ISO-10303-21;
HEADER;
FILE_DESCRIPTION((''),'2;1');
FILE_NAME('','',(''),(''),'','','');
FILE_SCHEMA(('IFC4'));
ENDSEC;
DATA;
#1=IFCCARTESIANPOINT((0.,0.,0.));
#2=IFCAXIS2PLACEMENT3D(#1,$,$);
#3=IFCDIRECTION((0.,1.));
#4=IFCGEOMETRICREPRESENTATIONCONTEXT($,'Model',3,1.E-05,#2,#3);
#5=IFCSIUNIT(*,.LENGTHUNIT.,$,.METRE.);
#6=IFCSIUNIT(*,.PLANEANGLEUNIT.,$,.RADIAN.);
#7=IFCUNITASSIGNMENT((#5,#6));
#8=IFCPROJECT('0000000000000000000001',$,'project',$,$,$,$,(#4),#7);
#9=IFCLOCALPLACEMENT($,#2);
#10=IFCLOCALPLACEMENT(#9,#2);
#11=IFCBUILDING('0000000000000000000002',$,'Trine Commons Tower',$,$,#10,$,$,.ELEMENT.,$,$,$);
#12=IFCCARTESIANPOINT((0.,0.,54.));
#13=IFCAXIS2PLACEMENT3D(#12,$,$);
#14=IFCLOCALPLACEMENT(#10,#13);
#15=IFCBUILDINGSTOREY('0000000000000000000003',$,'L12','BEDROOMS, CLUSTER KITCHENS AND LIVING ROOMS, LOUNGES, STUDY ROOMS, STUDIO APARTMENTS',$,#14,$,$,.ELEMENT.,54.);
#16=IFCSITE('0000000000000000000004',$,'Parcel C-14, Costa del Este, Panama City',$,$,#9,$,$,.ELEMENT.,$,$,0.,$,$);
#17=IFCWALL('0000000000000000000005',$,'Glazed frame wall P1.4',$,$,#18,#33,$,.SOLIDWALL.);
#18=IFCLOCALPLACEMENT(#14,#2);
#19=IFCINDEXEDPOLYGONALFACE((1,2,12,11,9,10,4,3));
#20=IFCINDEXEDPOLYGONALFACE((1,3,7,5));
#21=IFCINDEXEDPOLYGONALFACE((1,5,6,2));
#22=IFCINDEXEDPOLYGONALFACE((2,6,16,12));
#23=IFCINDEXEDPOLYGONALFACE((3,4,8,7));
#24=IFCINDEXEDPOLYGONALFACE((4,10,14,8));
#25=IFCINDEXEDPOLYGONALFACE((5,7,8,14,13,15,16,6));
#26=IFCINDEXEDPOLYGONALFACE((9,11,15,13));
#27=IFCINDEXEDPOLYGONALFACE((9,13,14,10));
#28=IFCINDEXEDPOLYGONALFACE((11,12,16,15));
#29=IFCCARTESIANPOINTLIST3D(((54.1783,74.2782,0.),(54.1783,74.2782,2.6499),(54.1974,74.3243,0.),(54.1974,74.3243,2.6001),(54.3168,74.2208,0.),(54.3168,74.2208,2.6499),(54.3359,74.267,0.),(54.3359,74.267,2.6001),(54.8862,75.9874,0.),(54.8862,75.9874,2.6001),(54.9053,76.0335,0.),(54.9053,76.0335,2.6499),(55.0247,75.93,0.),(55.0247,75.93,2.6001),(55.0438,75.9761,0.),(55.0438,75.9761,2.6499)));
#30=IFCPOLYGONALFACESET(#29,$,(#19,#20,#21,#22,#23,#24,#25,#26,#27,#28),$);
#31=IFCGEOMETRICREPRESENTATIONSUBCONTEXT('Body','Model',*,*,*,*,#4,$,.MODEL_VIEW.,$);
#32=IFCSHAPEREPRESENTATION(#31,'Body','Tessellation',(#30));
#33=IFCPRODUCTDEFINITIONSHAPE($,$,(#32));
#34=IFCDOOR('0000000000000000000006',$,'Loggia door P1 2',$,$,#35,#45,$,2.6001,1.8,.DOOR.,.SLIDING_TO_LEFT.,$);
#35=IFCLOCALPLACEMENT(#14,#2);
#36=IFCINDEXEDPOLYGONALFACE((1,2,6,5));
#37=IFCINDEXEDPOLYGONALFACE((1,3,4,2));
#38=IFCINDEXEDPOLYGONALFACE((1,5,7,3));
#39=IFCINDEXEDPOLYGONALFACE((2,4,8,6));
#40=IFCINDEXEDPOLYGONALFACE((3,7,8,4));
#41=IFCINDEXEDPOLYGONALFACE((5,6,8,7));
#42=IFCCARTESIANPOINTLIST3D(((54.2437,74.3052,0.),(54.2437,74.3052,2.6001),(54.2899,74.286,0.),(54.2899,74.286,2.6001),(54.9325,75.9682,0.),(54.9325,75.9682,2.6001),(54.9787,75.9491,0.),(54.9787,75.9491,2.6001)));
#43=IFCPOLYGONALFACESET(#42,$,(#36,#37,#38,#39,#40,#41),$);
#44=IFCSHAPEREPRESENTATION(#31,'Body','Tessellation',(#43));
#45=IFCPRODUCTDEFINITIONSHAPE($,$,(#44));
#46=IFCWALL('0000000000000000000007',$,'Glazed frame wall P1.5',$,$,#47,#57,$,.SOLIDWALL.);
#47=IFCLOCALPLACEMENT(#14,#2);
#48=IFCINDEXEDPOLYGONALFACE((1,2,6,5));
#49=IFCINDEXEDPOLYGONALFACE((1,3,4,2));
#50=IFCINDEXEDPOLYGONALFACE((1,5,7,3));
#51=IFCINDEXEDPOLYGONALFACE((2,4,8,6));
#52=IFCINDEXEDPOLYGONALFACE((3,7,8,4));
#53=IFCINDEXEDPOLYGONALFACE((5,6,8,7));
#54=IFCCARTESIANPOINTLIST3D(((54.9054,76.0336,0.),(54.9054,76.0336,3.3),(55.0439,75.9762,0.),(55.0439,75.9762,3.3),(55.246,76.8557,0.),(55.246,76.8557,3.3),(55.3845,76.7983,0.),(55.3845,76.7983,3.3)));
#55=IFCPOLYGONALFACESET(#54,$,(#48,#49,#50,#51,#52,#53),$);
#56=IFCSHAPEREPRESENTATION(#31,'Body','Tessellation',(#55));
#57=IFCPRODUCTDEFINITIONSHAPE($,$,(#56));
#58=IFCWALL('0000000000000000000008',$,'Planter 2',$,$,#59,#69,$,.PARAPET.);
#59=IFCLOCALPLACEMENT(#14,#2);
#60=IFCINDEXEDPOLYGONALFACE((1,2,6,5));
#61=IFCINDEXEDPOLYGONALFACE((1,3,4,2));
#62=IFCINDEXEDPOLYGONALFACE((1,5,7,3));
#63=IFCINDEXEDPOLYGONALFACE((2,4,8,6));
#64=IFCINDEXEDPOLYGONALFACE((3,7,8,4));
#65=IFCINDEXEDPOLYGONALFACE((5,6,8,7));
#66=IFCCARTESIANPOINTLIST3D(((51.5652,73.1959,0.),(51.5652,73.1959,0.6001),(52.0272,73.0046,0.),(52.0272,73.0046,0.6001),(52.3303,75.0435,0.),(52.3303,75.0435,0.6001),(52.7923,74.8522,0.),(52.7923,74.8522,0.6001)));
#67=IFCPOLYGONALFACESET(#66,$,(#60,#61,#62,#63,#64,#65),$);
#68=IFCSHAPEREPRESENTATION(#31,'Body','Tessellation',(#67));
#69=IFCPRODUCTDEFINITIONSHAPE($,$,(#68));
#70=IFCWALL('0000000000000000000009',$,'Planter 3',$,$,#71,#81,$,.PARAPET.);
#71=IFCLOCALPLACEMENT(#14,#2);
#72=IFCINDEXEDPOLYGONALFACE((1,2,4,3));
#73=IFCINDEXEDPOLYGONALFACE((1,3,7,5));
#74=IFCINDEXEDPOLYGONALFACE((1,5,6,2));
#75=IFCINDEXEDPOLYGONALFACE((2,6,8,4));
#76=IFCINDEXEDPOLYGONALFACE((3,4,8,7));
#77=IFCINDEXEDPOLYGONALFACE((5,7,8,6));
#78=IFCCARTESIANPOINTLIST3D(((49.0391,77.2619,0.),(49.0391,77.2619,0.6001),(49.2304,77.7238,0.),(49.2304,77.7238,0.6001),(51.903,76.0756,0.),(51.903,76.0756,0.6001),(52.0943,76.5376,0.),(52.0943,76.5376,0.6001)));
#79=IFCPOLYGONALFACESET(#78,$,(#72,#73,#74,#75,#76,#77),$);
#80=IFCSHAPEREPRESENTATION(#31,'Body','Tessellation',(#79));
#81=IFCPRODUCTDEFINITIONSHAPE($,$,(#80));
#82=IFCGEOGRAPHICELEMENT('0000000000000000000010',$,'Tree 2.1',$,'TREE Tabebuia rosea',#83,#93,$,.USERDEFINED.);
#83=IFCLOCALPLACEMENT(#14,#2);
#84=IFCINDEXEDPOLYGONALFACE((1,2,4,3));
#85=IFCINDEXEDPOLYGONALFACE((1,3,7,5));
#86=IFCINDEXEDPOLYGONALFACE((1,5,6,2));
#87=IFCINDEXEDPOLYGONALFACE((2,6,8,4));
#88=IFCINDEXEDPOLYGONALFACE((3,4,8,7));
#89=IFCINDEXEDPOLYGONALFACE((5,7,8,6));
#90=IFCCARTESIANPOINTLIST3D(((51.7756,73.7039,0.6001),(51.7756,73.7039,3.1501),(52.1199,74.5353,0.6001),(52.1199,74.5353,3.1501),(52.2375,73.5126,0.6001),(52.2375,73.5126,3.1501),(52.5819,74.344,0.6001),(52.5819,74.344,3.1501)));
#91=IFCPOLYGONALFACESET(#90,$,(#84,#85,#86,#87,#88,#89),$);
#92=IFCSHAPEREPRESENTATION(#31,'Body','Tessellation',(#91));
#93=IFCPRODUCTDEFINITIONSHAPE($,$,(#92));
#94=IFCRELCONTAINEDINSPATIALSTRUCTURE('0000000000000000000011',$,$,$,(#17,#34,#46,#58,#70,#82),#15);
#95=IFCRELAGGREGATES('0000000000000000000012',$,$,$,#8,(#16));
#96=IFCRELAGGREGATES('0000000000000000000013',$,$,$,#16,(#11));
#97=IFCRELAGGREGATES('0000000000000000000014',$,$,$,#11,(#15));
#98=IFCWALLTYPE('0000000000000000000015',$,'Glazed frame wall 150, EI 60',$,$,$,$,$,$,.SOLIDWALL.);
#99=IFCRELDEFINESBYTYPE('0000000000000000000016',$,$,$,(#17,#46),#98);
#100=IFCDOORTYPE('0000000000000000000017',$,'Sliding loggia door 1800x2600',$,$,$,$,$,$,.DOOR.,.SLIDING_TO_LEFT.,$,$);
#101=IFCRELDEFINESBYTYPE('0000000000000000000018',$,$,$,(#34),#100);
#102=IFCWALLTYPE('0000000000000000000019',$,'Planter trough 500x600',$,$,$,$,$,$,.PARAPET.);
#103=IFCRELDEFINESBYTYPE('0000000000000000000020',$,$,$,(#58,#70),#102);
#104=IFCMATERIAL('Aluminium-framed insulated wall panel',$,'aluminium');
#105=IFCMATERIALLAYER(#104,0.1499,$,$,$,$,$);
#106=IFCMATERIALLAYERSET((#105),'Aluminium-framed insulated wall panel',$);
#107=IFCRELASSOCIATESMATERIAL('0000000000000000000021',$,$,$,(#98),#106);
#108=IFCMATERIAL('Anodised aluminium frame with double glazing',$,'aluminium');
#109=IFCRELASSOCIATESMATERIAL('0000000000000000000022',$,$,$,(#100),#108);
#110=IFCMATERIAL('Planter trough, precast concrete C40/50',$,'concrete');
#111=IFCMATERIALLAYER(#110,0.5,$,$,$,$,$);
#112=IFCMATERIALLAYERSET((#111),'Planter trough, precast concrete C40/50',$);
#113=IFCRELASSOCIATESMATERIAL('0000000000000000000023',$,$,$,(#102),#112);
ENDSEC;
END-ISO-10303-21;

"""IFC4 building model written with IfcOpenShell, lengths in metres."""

from ifc_helpers import new_model, si_unit, direction, frame, frame_2d, origin, origin_2d, place, context, subcontext, project, spatial, polyline, rectangle, outline, extrude, material, layer, layer_set, type_object, element, fill, save


model = new_model("IFC4")

# Units and contexts
model_context = context("Model", 3, precision=1e-05, world=origin(), true_north=direction((0.0, 1.0)))
body_context = subcontext(model_context, "Body", "Model", "MODEL_VIEW")
ifc_project = project(units=[si_unit("LENGTHUNIT", "METRE"), si_unit("PLANEANGLEUNIT", "RADIAN")], contexts=[model_context])

# Site, building, storey
site_placement = place(None, origin())
site = spatial("IfcSite", under=ifc_project, at=site_placement, Name="Parcel C-14, Costa del Este, Panama City", CompositionType="ELEMENT", RefElevation=0.0)
building_placement = place(site_placement, origin())
building = spatial("IfcBuilding", under=site, at=building_placement, Name="Trine Commons Tower", CompositionType="ELEMENT")
storey_placement = place(building_placement, frame((0.0, 0.0, 54.0)))
storey = spatial("IfcBuildingStorey", under=building, at=storey_placement, Name="L12", Description="BEDROOMS, CLUSTER KITCHENS AND LIVING ROOMS, LOUNGES, STUDY ROOMS, STUDIO APARTMENTS", CompositionType="ELEMENT", Elevation=54.0)

# Wall, opening, door
ifc_material_1 = material(Name="Aluminium-framed insulated wall panel", Category="aluminium")
ifc_layer_1 = layer(ifc_material_1, 0.1499)
ifc_layer_set_1 = layer_set([ifc_layer_1], Name="Aluminium-framed insulated wall panel")
wall_type_1 = type_object("IfcWallType", Name="Glazed frame wall 150, EI 60", PredefinedType="SOLIDWALL", material=ifc_layer_set_1)
wall_1_placement = place(storey_placement, frame((54.2476, 74.2495, 0.0), z_axis=(0.0, 0.0, 1.0), x_axis=(0.382662, 0.923888, 0.0)))
wall_1 = element("IfcWall", 1, at=wall_1_placement, inside=storey, type_object=wall_type_1, Name="Glazed frame wall P1.4", PredefinedType="SOLIDWALL", context=body_context, shape_type="SweptSolid", body=[
    extrude(outline(polyline([(0.0, -0.075), (1.8999, -0.075), (1.8999, 0.075), (0.0, 0.075), (0.0, -0.075)])), origin(), (0.0, 0.0, 1.0), 2.6499),
])
opening_1_placement = place(wall_1_placement, frame((0.05, 0.0, 0.0)))
opening_1 = element("IfcOpeningElement", 2, at=opening_1_placement, cuts=wall_1, PredefinedType="OPENING", context=body_context, shape_type="SweptSolid", body=[
    extrude(rectangle(XDim=1.8, YDim=2.6001, at=frame_2d((0.8999, 1.3))), frame((0.0, 0.085, 0.0), z_axis=(0.0, -1.0, 0.0), x_axis=(1.0, 0.0, 0.0)), (0.0, 0.0, 1.0), 0.1699),
])
ifc_material_2 = material(Name="Anodised aluminium frame with double glazing", Category="aluminium")
door_type = type_object("IfcDoorType", Name="Sliding loggia door 1800x2600", OperationType="SLIDING_TO_LEFT", PredefinedType="DOOR", material=ifc_material_2)
door_1_placement = place(opening_1_placement, origin())
door_1 = element("IfcDoor", 3, at=door_1_placement, inside=storey, type_object=door_type, Name="Loggia door P1 2", OperationType="SLIDING_TO_LEFT", OverallHeight=2.6001, OverallWidth=1.8, PredefinedType="DOOR", context=body_context, shape_type="SweptSolid", body=[
    extrude(rectangle(XDim=1.8, YDim=2.6001, at=frame_2d((0.8999, 1.3))), frame((0.0, 0.0249, 0.0), z_axis=(0.0, -1.0, 0.0), x_axis=(1.0, 0.0, 0.0)), (0.0, 0.0, 1.0), 0.05),
])
fill(opening_1, door_1)

# Wall
wall_2_placement = place(storey_placement, frame((54.9746, 76.0049, 0.0), z_axis=(0.0, 0.0, 1.0), x_axis=(0.382812, 0.923826, 0.0)))
element("IfcWall", 4, at=wall_2_placement, inside=storey, type_object=wall_type_1, Name="Glazed frame wall P1.5", PredefinedType="SOLIDWALL", context=body_context, shape_type="SweptSolid", body=[
    extrude(outline(polyline([(0.8899, 0.075), (0.0, 0.075), (0.0, -0.075), (0.8899, -0.075), (0.8899, 0.075)])), origin(), (0.0, 0.0, 1.0), 3.3),
])

# Walls
ifc_material_3 = material(Name="Planter trough, precast concrete C40/50", Category="concrete")
ifc_layer_2 = layer(ifc_material_3, 0.5)
ifc_layer_set_2 = layer_set([ifc_layer_2], Name="Planter trough, precast concrete C40/50")
wall_type_2 = type_object("IfcWallType", Name="Planter trough 500x600", PredefinedType="PARAPET", material=ifc_layer_set_2)
wall_3_placement = place(storey_placement, frame((51.7961, 73.1001, 0.0), z_axis=(0.0, 0.0, 1.0), x_axis=(0.382603, 0.923913, 0.0)))
element("IfcWall", 5, at=wall_3_placement, inside=storey, type_object=wall_type_2, Name="Planter 2", PredefinedType="PARAPET", context=body_context, shape_type="SweptSolid", body=[
    extrude(rectangle(XDim=1.9998, YDim=0.5, at=frame_2d((1.0, 0.0))), origin(), (0.0, 0.0, 1.0), 0.6001),
])
wall_4_placement = place(storey_placement, frame((51.9985, 76.3066, 0.0), z_axis=(0.0, 0.0, 1.0), x_axis=(-0.923883, 0.382674, 0.0)))
element("IfcWall", 6, at=wall_4_placement, inside=storey, type_object=wall_type_2, Name="Planter 3", PredefinedType="PARAPET", context=body_context, shape_type="SweptSolid", body=[
    extrude(rectangle(XDim=3.0999, YDim=0.5, at=frame_2d((1.5498, 0.0))), origin(), (0.0, 0.0, 1.0), 0.6001),
])

# Geographic element
geographic_element_placement = place(storey_placement, frame((52.1787, 74.0239, 0.6001), z_axis=(0.0, 0.0, 1.0), x_axis=(0.382688, 0.923878, 0.0)))
element("IfcGeographicElement", 7, at=geographic_element_placement, inside=storey, Name="Tree 2.1", ObjectType="TREE Tabebuia rosea", PredefinedType="USERDEFINED", context=body_context, shape_type="SweptSolid", body=[
    extrude(rectangle(XDim=0.8999, YDim=0.5, at=origin_2d()), origin(), (0.0, 0.0, 1.0), 2.55),
])

save(model, "model.ifc")
